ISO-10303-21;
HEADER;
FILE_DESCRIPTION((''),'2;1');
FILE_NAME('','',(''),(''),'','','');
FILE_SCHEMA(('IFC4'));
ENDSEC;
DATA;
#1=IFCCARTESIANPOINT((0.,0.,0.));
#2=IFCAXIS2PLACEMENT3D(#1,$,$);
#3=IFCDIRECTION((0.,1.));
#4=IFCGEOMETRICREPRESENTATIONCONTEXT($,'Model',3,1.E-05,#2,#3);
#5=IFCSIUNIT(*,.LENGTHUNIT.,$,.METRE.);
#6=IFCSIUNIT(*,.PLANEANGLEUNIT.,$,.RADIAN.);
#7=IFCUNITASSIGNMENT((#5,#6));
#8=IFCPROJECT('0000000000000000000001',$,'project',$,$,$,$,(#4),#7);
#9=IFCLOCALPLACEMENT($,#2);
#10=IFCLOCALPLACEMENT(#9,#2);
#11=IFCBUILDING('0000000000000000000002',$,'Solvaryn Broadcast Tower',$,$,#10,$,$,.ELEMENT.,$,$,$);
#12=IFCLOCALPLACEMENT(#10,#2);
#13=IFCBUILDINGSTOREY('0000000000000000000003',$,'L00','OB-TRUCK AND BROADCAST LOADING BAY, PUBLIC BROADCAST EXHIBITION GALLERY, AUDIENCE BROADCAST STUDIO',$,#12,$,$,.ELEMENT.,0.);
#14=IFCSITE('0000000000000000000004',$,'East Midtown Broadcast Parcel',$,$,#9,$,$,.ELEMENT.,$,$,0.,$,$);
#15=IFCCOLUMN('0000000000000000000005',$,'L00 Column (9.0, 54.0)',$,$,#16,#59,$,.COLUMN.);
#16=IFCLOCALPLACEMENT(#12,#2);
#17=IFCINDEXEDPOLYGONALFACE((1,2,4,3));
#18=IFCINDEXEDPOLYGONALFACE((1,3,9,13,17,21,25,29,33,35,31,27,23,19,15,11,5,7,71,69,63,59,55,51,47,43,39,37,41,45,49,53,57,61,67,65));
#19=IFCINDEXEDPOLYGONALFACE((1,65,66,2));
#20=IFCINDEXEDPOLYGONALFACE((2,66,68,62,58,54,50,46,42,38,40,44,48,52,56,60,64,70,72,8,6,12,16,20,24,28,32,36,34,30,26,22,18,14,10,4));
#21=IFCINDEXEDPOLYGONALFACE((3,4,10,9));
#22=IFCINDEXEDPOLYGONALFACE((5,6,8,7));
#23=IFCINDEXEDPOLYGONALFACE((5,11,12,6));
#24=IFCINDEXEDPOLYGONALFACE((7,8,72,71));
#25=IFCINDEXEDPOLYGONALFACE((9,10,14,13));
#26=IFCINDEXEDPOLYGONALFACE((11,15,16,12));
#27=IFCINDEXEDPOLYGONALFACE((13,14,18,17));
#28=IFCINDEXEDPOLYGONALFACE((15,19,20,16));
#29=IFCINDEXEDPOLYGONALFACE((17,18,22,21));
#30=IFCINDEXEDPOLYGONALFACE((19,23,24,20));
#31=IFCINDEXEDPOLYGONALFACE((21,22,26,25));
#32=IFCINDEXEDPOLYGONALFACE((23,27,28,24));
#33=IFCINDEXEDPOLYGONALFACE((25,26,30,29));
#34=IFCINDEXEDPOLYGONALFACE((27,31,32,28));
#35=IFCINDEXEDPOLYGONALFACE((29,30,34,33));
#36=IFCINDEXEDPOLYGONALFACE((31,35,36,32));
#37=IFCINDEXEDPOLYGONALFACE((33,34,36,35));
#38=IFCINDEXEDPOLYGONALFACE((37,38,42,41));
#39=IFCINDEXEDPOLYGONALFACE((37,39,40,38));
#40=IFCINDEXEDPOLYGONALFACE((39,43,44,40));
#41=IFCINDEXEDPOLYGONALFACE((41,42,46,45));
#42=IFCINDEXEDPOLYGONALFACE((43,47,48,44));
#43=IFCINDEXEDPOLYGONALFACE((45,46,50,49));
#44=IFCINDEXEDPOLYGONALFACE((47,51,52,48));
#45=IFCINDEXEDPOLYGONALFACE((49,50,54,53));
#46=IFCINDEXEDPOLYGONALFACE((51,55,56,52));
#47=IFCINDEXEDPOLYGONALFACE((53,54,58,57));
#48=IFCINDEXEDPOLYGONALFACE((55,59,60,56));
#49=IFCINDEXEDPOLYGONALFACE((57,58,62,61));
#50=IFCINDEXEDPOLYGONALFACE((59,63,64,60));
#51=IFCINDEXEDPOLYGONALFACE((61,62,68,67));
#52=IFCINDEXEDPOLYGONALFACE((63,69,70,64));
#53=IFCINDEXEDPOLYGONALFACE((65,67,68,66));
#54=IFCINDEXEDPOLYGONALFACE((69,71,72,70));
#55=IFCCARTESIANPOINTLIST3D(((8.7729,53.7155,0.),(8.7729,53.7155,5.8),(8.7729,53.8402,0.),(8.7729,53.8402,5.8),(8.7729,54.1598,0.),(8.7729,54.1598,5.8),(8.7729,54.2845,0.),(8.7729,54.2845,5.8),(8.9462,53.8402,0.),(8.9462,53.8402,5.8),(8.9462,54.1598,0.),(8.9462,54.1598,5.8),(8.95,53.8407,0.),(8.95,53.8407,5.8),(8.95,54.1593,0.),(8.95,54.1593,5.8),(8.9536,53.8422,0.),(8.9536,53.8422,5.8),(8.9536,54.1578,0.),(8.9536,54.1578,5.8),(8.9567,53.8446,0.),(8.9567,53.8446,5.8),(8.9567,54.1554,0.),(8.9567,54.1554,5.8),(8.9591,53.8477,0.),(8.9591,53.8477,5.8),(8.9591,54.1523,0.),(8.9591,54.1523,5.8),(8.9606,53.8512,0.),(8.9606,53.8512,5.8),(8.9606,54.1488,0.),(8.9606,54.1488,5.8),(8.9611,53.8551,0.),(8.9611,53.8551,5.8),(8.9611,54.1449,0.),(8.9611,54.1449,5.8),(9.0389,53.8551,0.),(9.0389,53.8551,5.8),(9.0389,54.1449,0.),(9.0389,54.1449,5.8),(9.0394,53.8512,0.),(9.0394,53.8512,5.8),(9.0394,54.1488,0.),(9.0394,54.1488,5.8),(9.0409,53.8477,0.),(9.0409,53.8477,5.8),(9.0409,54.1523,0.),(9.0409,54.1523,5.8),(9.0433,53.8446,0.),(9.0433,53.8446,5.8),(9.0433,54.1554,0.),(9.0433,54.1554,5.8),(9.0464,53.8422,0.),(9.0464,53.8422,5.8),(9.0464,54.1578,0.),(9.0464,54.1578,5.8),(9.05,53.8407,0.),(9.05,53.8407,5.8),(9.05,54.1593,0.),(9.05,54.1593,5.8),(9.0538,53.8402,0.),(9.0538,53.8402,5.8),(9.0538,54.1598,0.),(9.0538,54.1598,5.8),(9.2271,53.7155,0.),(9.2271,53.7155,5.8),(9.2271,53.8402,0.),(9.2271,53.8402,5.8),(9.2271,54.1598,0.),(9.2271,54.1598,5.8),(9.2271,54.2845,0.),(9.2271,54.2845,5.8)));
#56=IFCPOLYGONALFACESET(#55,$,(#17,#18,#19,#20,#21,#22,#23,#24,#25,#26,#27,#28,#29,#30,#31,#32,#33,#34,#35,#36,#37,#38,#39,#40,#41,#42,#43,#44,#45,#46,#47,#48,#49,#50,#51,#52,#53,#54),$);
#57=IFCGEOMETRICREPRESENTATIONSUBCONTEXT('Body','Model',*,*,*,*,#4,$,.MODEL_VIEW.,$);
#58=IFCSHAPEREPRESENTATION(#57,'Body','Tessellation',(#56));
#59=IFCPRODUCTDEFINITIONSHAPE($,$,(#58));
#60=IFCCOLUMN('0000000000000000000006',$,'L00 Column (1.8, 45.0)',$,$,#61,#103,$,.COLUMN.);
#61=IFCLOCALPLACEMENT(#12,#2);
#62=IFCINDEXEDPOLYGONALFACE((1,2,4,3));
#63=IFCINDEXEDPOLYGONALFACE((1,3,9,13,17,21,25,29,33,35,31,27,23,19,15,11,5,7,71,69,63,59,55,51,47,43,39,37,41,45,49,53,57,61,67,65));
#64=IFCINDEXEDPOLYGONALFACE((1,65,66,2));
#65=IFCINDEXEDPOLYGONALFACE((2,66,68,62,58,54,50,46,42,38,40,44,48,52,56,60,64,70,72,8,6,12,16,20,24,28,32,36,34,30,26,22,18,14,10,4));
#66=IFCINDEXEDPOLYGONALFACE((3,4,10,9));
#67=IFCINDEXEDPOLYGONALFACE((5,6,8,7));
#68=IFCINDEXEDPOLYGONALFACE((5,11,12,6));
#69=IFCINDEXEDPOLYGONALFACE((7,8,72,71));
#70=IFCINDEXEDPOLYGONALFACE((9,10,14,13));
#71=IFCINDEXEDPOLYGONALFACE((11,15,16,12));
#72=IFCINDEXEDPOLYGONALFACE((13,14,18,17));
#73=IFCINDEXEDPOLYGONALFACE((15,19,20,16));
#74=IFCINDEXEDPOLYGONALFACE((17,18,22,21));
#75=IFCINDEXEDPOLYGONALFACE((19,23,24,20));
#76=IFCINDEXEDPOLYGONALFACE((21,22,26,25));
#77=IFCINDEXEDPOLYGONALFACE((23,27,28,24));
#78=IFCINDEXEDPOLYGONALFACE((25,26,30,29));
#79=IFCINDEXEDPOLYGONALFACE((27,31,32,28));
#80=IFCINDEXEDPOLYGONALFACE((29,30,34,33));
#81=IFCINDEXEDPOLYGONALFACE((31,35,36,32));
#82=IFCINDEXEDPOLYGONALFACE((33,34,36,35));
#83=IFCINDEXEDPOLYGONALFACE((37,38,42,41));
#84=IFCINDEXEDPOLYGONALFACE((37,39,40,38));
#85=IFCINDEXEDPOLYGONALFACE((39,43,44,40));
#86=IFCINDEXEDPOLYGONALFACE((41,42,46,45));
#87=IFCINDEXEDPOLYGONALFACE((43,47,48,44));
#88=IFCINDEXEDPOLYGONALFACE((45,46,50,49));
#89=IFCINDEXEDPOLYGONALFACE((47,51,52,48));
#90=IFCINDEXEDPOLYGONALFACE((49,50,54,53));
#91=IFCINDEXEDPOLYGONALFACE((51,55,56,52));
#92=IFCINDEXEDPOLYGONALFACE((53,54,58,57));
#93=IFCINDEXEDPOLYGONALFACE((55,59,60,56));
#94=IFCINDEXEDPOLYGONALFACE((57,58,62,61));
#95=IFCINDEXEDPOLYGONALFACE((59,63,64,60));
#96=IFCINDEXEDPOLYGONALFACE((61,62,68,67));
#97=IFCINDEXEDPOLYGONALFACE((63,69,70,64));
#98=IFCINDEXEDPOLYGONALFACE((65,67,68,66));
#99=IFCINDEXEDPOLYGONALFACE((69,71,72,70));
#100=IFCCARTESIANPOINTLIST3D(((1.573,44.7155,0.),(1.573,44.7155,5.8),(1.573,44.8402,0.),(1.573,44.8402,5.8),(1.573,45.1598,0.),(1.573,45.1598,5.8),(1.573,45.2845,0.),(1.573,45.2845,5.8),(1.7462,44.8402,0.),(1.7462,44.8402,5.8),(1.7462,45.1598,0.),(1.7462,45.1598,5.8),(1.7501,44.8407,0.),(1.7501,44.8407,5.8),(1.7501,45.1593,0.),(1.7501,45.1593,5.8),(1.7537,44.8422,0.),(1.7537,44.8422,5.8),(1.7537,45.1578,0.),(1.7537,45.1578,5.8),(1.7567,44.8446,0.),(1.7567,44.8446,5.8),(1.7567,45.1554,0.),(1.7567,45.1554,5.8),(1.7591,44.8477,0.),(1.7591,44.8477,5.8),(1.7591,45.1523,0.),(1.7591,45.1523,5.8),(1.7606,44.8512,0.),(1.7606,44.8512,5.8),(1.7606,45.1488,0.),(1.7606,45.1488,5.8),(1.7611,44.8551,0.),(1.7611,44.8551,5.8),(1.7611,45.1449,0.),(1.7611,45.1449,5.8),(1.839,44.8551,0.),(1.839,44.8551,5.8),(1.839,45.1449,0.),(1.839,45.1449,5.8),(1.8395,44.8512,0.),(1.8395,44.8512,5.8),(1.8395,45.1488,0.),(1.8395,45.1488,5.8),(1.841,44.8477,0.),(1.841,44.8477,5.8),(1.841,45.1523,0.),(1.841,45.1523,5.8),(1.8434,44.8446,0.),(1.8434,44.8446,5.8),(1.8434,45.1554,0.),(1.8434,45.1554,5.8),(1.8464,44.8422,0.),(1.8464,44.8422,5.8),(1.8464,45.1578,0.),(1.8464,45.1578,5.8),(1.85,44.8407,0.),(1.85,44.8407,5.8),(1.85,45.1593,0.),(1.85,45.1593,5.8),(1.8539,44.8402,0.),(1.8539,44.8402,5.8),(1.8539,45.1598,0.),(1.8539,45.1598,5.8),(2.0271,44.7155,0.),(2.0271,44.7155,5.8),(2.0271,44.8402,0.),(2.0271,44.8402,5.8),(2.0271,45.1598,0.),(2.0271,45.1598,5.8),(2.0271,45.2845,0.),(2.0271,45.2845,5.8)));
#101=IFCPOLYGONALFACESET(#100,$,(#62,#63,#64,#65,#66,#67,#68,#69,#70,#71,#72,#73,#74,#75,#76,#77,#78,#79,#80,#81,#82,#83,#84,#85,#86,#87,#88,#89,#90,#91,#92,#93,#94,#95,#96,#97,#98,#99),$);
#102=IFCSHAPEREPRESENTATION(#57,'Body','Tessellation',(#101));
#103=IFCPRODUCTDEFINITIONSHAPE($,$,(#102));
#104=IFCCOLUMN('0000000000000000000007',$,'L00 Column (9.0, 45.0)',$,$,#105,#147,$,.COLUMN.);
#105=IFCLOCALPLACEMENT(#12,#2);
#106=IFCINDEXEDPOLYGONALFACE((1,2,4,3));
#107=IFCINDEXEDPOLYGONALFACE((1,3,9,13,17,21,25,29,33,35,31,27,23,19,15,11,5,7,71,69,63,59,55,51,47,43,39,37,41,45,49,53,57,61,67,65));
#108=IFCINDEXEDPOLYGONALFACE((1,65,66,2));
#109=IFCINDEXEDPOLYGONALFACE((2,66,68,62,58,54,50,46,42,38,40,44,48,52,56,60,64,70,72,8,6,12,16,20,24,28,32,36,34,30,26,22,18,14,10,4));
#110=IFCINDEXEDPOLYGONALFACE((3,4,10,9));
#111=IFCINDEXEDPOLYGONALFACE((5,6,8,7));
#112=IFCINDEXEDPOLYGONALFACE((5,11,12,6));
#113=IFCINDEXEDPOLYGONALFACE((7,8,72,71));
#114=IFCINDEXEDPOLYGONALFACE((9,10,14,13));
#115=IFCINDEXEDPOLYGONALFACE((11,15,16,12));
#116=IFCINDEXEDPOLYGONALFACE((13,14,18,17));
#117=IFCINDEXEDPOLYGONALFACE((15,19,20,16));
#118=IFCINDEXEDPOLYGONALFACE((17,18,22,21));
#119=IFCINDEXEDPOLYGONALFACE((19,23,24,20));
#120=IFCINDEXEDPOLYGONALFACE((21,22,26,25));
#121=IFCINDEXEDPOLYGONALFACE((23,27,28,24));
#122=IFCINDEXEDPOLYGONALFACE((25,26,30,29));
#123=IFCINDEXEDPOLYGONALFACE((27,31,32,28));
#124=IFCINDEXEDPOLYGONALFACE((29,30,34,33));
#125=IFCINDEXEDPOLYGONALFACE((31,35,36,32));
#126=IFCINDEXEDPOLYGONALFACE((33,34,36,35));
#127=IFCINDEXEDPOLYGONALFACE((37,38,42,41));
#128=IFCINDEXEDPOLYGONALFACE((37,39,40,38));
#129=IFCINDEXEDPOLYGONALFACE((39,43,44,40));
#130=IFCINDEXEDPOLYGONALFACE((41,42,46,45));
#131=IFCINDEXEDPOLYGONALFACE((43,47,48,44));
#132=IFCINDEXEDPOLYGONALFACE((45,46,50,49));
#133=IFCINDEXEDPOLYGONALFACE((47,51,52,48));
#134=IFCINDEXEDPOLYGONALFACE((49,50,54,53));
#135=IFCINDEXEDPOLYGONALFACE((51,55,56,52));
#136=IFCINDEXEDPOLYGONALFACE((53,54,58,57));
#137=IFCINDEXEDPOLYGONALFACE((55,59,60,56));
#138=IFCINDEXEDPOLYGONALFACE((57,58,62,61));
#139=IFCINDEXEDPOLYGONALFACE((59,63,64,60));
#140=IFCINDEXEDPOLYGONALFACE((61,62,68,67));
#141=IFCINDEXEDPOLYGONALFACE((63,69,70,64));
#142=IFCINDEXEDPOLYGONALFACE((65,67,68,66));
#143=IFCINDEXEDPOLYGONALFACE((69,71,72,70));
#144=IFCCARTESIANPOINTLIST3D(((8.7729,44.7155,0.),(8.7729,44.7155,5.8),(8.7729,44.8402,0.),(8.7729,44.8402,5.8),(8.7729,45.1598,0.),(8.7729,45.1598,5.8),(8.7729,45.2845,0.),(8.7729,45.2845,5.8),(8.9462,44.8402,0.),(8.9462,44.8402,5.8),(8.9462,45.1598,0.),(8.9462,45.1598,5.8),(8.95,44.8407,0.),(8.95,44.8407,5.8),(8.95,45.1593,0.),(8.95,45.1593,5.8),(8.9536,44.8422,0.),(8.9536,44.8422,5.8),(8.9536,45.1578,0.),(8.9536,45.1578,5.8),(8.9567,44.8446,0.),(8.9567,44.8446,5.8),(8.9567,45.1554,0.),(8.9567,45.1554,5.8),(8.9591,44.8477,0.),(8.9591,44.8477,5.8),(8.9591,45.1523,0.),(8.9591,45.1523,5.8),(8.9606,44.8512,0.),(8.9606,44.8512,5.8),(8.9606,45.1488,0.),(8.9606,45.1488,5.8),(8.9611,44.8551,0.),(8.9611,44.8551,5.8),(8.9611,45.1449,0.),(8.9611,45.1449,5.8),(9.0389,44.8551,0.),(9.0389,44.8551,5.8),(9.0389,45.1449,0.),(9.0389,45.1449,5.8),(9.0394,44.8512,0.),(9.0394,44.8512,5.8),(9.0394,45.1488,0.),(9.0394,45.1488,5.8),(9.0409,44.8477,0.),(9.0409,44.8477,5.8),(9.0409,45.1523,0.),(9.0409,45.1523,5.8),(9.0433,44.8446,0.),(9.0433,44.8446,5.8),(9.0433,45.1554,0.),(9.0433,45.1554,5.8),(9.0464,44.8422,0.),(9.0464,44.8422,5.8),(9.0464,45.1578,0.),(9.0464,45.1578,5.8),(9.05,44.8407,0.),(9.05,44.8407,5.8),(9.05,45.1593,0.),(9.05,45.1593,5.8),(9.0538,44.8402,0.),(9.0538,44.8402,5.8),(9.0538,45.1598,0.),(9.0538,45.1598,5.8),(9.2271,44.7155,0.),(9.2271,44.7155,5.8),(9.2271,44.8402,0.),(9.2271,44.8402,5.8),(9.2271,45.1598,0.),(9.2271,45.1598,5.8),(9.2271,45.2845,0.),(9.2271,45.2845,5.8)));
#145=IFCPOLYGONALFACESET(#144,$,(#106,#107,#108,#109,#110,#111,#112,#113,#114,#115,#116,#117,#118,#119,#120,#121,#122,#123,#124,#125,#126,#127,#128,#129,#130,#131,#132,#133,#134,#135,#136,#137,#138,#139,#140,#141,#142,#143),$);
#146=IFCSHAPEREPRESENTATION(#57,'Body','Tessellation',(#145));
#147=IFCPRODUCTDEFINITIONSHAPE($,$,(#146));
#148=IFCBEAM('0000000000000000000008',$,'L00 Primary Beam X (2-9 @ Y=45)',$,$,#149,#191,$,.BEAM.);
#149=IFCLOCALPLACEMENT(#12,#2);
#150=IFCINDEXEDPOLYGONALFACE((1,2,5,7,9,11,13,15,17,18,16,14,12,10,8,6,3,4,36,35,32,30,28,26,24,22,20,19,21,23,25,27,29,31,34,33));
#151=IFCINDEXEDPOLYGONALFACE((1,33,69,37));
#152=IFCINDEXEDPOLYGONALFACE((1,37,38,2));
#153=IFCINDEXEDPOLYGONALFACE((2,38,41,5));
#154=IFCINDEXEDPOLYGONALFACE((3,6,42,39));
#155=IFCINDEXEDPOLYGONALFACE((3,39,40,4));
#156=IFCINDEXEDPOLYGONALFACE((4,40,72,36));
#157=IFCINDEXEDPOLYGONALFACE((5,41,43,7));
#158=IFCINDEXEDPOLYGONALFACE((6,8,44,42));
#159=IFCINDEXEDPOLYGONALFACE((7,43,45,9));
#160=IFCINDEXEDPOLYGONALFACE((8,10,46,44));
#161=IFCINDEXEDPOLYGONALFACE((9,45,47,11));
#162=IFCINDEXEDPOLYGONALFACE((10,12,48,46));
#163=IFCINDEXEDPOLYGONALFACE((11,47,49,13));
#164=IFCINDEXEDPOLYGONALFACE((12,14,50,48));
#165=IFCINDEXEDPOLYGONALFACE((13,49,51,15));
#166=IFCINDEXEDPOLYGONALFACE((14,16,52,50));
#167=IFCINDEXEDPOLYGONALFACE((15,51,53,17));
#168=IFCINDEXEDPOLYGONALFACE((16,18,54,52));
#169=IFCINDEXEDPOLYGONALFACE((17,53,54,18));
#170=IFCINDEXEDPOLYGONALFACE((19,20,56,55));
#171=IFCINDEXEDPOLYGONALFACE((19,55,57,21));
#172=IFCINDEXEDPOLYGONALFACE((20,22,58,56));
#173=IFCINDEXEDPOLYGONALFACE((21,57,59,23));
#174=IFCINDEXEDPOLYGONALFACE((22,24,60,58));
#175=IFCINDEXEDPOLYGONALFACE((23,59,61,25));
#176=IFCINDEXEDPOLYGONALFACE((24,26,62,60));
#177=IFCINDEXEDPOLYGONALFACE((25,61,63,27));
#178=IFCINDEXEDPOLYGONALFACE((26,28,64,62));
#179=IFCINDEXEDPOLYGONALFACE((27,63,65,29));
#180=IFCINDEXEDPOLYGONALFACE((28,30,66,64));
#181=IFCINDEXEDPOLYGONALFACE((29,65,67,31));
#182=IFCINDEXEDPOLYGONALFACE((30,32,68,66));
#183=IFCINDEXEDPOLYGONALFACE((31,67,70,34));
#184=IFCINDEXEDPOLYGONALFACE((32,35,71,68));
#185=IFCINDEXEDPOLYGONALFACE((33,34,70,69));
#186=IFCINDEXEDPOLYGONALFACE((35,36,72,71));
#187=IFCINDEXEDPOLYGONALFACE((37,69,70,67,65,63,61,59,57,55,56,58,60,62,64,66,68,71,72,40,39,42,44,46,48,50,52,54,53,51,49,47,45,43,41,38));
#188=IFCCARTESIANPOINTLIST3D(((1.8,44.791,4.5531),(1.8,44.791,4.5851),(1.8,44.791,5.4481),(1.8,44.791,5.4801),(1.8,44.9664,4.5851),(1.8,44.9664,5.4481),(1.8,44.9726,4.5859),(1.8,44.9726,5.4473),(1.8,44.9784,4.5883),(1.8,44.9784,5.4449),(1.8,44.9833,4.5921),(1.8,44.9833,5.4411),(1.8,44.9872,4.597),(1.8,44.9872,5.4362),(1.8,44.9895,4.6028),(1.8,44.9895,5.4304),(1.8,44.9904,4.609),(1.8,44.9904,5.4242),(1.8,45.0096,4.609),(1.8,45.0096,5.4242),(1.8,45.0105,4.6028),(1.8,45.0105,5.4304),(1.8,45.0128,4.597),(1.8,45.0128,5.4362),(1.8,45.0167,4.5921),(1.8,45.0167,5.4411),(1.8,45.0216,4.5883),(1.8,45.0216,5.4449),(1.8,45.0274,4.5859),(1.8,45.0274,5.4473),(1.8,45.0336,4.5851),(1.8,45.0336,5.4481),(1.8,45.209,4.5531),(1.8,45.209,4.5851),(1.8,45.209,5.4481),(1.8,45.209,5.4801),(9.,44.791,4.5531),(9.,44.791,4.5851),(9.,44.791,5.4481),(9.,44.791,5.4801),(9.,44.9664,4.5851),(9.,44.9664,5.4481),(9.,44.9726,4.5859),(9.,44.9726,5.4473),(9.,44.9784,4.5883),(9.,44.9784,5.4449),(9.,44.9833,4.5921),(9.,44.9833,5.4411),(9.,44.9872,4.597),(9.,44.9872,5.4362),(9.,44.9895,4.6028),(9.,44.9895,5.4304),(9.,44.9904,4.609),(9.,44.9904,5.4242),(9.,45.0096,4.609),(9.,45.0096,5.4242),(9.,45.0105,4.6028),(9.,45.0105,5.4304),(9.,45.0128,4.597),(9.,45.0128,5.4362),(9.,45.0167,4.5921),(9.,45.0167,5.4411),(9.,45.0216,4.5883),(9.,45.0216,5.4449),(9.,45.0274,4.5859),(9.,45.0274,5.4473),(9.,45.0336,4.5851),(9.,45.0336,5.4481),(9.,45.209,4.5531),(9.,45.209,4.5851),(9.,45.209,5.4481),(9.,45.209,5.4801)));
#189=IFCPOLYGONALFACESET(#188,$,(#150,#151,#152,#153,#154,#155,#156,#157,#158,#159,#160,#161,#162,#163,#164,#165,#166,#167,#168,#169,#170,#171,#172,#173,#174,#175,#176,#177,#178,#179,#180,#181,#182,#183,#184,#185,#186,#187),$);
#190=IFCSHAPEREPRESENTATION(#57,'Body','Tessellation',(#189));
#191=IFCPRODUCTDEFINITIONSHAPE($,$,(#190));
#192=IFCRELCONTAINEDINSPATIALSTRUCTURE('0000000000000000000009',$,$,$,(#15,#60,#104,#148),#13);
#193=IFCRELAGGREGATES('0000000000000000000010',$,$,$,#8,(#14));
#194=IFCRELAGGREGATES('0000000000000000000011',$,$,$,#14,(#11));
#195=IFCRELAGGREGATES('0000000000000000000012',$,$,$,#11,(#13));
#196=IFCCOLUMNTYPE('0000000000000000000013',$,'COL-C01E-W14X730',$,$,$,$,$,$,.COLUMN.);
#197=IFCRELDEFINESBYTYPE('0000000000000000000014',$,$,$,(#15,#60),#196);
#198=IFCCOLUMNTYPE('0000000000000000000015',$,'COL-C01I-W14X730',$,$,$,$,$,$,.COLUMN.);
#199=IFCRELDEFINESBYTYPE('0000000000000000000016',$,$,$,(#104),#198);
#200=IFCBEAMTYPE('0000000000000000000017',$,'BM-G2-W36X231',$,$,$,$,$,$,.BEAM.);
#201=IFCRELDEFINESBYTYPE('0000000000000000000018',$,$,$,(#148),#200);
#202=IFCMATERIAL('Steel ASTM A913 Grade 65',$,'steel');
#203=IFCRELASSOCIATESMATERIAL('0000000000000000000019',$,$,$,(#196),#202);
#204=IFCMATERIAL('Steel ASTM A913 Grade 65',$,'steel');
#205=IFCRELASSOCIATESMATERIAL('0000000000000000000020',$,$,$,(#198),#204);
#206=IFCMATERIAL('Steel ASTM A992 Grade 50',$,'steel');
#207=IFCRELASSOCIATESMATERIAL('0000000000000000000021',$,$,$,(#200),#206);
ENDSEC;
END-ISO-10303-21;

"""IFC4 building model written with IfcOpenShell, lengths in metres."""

from ifc_helpers import new_model, si_unit, direction, frame, origin, origin_2d, place, context, subcontext, project, spatial, i_section, extrude, material, material_profile, profile_set, type_object, element, save


model = new_model("IFC4")

# Units and contexts
model_context = context("Model", 3, precision=1e-05, world=origin(), true_north=direction((0.0, 1.0)))
body_context = subcontext(model_context, "Body", "Model", "MODEL_VIEW")
ifc_project = project(units=[si_unit("LENGTHUNIT", "METRE"), si_unit("PLANEANGLEUNIT", "RADIAN")], contexts=[model_context])

# Site, building, storey
site_placement = place(None, origin())
site = spatial("IfcSite", under=ifc_project, at=site_placement, Name="East Midtown Broadcast Parcel", CompositionType="ELEMENT", RefElevation=0.0)
building_placement = place(site_placement, origin())
building = spatial("IfcBuilding", under=site, at=building_placement, Name="Solvaryn Broadcast Tower", CompositionType="ELEMENT")
storey_placement = place(building_placement, origin())
storey = spatial("IfcBuildingStorey", under=building, at=storey_placement, Name="L00", Description="OB-TRUCK AND BROADCAST LOADING BAY, PUBLIC BROADCAST EXHIBITION GALLERY, AUDIENCE BROADCAST STUDIO", CompositionType="ELEMENT", Elevation=0.0)

# Columns
ifc_material_1 = material(Name="Steel ASTM A913 Grade 65", Category="steel")
ifc_material_profile_1 = material_profile(ifc_material_1, i_section(OverallWidth=0.4541, OverallDepth=0.5691, WebThickness=0.0779, FlangeThickness=0.1248, FilletRadius=0.0149, at=origin_2d()))
ifc_profile_set_1 = profile_set([ifc_material_profile_1], Name="Steel ASTM A913 Grade 65")
column_type_1 = type_object("IfcColumnType", Name="COL-C01E-W14X730", PredefinedType="COLUMN", material=ifc_profile_set_1)
for number, where, z_axis, x_axis, name in (
    (1, (9.0, 54.0, 0.0), (0.0, 0.0, 1.0), (1.0, 0.0, 0.0), "L00 Column (9.0, 54.0)"),
    (2, (1.8, 45.0, 0.0), (0.0, 0.0, 1.0), (1.0, 0.0, 0.0), "L00 Column (1.8, 45.0)"),
):
    element("IfcColumn", number, at=place(storey_placement, frame(where, z_axis=z_axis, x_axis=x_axis)), inside=storey, type_object=column_type_1, Name=name, PredefinedType="COLUMN", context=body_context, shape_type="SweptSolid", body=[
        extrude(i_section(OverallWidth=0.4541, OverallDepth=0.5691, WebThickness=0.0779, FlangeThickness=0.1248, FilletRadius=0.0149, at=origin_2d()), origin(), (0.0, 0.0, 1.0), 5.8),
    ])
ifc_material_2 = material(Name="Steel ASTM A913 Grade 65", Category="steel")
ifc_material_profile_2 = material_profile(ifc_material_2, i_section(OverallWidth=0.4541, OverallDepth=0.5691, WebThickness=0.0779, FlangeThickness=0.1248, FilletRadius=0.0149, at=origin_2d()))
ifc_profile_set_2 = profile_set([ifc_material_profile_2], Name="Steel ASTM A913 Grade 65")
column_type_2 = type_object("IfcColumnType", Name="COL-C01I-W14X730", PredefinedType="COLUMN", material=ifc_profile_set_2)
column_placement = place(storey_placement, frame((9.0, 45.0, 0.0), z_axis=(0.0, 0.0, 1.0), x_axis=(1.0, 0.0, 0.0)))
element("IfcColumn", 3, at=column_placement, inside=storey, type_object=column_type_2, Name="L00 Column (9.0, 45.0)", PredefinedType="COLUMN", context=body_context, shape_type="SweptSolid", body=[
    extrude(i_section(OverallWidth=0.4541, OverallDepth=0.5691, WebThickness=0.0779, FlangeThickness=0.1248, FilletRadius=0.0149, at=origin_2d()), origin(), (0.0, 0.0, 1.0), 5.8),
])

# Beam
ifc_material_3 = material(Name="Steel ASTM A992 Grade 50", Category="steel")
ifc_material_profile_3 = material_profile(ifc_material_3, i_section(OverallWidth=0.418, OverallDepth=0.927, WebThickness=0.0193, FlangeThickness=0.032, FilletRadius=0.0239, at=origin_2d()))
ifc_profile_set_3 = profile_set([ifc_material_profile_3], Name="Steel ASTM A992 Grade 50")
beam_type_1 = type_object("IfcBeamType", Name="BM-G2-W36X231", PredefinedType="BEAM", material=ifc_profile_set_3)
beam_1_placement = place(storey_placement, frame((1.8, 45.0, 5.0166), z_axis=(1.0, 0.0, 0.0), x_axis=(0.0, 1.0, 0.0)))
element("IfcBeam", 4, at=beam_1_placement, inside=storey, type_object=beam_type_1, Name="L00 Primary Beam X (2-9 @ Y=45)", PredefinedType="BEAM", context=body_context, shape_type="SweptSolid", body=[
    extrude(i_section(OverallWidth=0.418, OverallDepth=0.927, WebThickness=0.0193, FlangeThickness=0.032, FilletRadius=0.0239, at=origin_2d()), origin(), (0.0, 0.0, 1.0), 7.2),
])

save(model, "model.ifc")
